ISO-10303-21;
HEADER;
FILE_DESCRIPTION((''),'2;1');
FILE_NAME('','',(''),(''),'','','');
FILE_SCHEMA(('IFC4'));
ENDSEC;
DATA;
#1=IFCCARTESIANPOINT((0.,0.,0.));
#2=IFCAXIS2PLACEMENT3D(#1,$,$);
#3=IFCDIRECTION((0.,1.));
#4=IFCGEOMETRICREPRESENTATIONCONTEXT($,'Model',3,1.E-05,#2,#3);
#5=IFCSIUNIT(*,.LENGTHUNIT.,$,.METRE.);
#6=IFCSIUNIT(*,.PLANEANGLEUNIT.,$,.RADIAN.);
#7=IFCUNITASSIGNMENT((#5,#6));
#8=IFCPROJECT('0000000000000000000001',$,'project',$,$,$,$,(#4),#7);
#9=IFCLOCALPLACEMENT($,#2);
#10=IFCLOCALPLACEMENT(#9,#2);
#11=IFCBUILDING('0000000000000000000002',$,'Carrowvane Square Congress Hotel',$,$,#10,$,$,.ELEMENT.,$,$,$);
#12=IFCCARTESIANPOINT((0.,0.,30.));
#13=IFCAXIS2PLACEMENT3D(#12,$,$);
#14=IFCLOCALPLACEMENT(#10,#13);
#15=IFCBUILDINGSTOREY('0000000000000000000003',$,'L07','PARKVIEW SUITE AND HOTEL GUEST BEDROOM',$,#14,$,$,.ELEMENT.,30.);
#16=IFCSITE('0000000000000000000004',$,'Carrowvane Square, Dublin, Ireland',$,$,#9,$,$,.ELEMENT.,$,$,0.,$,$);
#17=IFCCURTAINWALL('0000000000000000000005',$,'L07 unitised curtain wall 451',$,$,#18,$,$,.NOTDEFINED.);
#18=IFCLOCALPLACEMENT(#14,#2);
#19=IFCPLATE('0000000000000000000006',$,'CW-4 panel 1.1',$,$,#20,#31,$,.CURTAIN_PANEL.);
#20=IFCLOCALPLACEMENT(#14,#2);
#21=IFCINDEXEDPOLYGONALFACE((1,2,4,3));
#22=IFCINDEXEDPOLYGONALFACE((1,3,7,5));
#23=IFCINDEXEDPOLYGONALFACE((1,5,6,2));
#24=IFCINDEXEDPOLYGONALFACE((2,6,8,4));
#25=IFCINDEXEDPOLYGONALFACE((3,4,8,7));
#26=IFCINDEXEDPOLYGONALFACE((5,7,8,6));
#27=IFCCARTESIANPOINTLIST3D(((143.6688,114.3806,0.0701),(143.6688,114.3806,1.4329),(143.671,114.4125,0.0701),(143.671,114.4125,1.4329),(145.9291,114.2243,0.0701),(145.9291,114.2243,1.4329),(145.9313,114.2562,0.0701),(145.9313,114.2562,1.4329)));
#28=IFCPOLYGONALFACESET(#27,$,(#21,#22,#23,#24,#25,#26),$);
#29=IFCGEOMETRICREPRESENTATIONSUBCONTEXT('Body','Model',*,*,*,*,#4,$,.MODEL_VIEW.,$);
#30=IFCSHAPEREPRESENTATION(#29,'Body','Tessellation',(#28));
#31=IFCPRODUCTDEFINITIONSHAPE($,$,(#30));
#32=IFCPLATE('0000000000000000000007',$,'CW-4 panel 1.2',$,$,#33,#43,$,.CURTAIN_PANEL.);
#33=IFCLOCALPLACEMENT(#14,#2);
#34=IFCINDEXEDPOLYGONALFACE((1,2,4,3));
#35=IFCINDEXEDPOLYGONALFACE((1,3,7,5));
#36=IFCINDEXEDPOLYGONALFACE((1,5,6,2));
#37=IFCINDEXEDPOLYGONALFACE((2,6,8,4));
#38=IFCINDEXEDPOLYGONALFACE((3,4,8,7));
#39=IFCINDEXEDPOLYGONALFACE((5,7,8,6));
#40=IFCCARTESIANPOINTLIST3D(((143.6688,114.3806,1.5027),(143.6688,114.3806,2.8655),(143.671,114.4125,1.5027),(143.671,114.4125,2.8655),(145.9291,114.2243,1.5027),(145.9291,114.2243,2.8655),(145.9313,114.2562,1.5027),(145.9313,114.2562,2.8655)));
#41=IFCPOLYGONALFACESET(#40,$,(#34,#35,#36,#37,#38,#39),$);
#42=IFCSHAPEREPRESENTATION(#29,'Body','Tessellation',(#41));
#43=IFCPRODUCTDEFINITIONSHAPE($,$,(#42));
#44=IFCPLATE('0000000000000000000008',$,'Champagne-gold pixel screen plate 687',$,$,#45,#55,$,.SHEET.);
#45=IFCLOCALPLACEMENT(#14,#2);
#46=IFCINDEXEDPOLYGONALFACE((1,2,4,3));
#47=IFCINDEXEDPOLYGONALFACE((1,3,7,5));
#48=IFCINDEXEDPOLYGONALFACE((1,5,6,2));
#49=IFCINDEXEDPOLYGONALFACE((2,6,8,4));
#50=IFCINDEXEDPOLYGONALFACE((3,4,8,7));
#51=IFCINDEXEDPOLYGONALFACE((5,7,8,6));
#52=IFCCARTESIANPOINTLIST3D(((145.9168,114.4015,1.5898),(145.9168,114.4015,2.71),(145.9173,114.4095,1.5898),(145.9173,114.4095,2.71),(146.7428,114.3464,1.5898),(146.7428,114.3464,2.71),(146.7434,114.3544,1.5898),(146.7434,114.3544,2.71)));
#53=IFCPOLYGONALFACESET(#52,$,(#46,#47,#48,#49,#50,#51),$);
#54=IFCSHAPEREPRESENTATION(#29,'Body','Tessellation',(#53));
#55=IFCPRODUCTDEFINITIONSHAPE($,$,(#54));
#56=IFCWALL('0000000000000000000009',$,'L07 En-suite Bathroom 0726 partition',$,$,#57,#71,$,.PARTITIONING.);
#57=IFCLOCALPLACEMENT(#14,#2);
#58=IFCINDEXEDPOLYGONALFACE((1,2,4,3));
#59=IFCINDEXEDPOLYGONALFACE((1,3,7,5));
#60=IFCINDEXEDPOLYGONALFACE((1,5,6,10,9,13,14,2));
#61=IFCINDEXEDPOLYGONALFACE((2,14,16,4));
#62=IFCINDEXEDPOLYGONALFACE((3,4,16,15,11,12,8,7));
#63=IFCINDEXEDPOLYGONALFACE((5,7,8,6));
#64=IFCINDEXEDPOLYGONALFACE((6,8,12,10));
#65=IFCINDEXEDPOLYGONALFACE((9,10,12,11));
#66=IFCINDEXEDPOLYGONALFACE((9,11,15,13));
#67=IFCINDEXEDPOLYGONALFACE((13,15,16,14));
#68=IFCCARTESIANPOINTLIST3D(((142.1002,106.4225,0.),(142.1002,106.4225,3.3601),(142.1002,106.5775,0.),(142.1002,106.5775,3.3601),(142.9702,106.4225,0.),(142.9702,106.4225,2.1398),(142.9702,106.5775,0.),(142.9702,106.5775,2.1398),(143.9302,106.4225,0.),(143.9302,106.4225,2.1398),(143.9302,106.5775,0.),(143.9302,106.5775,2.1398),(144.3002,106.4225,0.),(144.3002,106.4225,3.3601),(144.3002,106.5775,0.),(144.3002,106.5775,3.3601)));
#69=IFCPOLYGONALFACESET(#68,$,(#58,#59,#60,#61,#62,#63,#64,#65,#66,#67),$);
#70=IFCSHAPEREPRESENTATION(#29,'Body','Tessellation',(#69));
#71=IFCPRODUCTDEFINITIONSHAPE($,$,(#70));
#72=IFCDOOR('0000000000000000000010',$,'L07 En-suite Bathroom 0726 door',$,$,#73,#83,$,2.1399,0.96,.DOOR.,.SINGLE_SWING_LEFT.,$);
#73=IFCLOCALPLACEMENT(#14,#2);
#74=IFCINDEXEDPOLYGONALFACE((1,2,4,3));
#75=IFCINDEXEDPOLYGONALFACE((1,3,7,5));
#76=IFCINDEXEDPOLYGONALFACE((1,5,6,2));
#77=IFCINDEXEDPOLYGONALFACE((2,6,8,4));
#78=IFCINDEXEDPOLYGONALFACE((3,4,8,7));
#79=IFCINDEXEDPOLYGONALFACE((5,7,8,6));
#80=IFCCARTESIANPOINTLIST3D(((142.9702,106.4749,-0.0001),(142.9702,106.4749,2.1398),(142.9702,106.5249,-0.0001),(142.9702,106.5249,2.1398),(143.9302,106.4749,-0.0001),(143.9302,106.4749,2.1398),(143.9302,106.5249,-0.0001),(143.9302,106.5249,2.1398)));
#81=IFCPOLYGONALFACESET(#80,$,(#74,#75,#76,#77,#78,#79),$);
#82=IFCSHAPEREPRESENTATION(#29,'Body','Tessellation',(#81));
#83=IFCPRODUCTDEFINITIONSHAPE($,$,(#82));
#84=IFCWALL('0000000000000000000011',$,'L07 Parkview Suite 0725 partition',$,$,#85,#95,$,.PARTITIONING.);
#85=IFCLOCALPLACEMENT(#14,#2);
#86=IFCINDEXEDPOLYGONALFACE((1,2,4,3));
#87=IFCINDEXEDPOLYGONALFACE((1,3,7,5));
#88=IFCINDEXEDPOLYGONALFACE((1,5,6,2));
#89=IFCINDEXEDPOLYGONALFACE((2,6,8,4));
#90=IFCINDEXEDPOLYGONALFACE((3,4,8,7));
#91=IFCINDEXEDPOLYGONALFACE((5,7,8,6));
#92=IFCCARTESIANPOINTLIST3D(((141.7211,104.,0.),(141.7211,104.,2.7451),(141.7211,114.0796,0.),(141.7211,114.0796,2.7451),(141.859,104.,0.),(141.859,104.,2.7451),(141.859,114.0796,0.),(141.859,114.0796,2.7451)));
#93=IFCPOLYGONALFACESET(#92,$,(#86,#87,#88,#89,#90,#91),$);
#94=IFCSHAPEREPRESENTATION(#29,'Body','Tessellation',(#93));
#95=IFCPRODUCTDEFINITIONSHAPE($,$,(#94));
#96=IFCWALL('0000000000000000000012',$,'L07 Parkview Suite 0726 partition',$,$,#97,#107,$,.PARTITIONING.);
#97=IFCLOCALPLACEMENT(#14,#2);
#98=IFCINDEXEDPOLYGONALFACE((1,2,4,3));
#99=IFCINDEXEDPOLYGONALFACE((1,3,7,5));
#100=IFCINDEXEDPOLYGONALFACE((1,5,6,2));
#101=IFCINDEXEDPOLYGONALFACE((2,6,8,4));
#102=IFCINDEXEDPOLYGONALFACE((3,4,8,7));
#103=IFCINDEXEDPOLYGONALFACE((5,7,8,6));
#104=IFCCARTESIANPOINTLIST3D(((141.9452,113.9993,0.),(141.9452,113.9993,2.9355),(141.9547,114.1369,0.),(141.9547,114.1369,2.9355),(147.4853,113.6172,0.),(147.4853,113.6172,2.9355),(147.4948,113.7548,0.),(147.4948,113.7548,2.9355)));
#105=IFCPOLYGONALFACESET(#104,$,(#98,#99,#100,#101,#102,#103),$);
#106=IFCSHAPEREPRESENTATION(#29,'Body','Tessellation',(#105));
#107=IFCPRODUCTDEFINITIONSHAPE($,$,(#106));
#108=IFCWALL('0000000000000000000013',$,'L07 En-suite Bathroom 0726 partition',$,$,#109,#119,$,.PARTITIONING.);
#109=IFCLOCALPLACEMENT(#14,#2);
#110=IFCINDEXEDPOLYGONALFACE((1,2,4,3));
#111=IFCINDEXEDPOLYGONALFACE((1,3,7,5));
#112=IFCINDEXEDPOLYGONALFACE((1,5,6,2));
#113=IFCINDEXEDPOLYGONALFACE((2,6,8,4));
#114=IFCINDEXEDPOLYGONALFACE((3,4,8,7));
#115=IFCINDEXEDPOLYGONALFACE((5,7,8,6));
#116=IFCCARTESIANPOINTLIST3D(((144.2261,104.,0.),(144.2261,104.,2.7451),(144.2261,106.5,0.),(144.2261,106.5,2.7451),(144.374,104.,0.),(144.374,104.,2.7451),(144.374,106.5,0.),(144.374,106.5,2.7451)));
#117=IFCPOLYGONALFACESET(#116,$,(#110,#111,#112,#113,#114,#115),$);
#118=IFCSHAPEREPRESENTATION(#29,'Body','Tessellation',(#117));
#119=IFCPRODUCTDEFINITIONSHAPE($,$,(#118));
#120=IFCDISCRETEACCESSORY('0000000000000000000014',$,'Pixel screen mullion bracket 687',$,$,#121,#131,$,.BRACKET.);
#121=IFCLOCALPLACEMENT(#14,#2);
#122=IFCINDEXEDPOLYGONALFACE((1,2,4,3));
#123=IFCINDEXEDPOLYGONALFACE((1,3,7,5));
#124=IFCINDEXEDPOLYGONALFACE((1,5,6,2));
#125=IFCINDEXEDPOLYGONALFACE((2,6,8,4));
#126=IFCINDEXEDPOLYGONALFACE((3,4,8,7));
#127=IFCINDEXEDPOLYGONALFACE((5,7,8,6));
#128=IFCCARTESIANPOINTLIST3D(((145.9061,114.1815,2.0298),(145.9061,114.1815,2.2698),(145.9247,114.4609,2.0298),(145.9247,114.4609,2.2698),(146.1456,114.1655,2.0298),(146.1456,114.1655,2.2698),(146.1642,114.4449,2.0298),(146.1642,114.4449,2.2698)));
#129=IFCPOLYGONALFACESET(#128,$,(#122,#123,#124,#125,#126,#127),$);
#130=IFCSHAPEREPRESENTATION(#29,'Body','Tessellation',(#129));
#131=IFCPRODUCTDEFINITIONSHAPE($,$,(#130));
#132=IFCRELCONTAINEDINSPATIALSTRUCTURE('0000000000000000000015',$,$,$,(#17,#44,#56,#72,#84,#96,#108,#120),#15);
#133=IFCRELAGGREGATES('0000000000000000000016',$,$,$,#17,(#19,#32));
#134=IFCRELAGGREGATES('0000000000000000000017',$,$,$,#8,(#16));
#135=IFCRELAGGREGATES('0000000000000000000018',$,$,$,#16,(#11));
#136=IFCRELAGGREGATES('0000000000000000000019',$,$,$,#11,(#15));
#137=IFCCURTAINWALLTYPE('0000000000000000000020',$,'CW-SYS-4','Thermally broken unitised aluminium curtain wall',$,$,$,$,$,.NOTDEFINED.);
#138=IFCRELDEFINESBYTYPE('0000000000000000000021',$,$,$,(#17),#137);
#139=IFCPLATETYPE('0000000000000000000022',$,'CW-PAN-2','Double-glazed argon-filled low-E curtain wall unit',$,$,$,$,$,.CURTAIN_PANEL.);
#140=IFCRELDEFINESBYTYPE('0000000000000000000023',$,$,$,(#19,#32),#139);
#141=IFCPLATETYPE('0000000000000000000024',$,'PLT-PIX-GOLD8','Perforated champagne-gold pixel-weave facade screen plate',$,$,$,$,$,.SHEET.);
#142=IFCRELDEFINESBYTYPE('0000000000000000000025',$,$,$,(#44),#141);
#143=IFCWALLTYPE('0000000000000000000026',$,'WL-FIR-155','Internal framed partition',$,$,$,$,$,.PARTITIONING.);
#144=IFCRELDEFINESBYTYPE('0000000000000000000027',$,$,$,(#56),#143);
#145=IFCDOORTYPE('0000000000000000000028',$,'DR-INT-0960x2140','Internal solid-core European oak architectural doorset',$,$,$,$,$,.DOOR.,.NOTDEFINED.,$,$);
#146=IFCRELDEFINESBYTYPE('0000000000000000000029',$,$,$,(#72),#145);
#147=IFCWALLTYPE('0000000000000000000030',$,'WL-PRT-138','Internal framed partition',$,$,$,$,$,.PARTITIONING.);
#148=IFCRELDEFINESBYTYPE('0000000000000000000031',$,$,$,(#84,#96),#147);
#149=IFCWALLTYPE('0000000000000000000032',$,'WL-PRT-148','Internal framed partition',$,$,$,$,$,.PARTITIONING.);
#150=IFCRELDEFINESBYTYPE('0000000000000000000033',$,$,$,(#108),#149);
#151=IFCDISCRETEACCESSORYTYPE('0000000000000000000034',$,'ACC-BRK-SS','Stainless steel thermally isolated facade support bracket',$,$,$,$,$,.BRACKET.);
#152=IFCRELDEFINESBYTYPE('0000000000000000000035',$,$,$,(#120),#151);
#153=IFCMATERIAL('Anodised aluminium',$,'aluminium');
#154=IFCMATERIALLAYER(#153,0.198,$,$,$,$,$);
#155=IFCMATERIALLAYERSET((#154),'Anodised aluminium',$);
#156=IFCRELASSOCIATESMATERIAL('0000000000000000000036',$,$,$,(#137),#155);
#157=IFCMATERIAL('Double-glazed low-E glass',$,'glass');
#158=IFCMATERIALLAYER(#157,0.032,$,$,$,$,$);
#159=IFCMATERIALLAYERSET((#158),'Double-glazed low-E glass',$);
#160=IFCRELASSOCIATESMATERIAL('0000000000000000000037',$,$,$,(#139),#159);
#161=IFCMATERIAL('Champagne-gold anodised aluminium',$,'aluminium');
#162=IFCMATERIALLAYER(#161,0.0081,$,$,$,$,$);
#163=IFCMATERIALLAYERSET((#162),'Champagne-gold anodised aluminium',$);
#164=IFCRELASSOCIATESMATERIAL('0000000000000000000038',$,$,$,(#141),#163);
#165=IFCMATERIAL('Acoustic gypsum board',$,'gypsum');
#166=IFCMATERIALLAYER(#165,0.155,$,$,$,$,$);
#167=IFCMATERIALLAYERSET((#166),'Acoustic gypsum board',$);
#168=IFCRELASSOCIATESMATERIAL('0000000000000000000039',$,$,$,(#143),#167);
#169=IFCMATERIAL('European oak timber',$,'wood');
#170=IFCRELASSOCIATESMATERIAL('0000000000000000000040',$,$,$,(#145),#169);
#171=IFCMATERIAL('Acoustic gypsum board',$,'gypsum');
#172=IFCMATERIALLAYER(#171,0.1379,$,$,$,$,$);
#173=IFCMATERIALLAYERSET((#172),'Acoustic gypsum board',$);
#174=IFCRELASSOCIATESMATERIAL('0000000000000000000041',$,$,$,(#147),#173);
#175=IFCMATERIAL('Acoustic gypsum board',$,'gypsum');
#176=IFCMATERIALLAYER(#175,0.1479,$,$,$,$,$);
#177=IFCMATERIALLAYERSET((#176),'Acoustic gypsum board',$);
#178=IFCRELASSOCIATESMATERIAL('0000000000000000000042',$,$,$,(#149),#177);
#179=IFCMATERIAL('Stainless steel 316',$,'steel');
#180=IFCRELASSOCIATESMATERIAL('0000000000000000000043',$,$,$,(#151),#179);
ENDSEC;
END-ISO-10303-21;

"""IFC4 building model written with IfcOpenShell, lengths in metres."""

from ifc_helpers import new_model, si_unit, direction, frame, frame_2d, origin, origin_2d, place, context, subcontext, project, spatial, rectangle, extrude, material, layer, layer_set, type_object, element, fill, aggregate, save


model = new_model("IFC4")

# Units and contexts
model_context = context("Model", 3, precision=1e-05, world=origin(), true_north=direction((0.0, 1.0)))
body_context = subcontext(model_context, "Body", "Model", "MODEL_VIEW")
ifc_project = project(units=[si_unit("LENGTHUNIT", "METRE"), si_unit("PLANEANGLEUNIT", "RADIAN")], contexts=[model_context])

# Site, building, storey
site_placement = place(None, origin())
site = spatial("IfcSite", under=ifc_project, at=site_placement, Name="Carrowvane Square, Dublin, Ireland", CompositionType="ELEMENT", RefElevation=0.0)
building_placement = place(site_placement, origin())
building = spatial("IfcBuilding", under=site, at=building_placement, Name="Carrowvane Square Congress Hotel", CompositionType="ELEMENT")
storey_placement = place(building_placement, frame((0.0, 0.0, 30.0)))
storey = spatial("IfcBuildingStorey", under=building, at=storey_placement, Name="L07", Description="PARKVIEW SUITE AND HOTEL GUEST BEDROOM", CompositionType="ELEMENT", Elevation=30.0)

# Curtain wall
ifc_material_1 = material(Name="Anodised aluminium", Category="aluminium")
ifc_layer_1 = layer(ifc_material_1, 0.198)
ifc_layer_set_1 = layer_set([ifc_layer_1], Name="Anodised aluminium")
curtain_wall_type_1 = type_object("IfcCurtainWallType", Name="CW-SYS-4", Description="Thermally broken unitised aluminium curtain wall", PredefinedType="NOTDEFINED", material=ifc_layer_set_1)
curtain_wall_1_placement = place(storey_placement, origin())
curtain_wall_1 = element("IfcCurtainWall", 1, at=curtain_wall_1_placement, inside=storey, type_object=curtain_wall_type_1, Name="L07 unitised curtain wall 451", PredefinedType="NOTDEFINED")

# Plates
ifc_material_2 = material(Name="Double-glazed low-E glass", Category="glass")
ifc_layer_2 = layer(ifc_material_2, 0.032)
ifc_layer_set_2 = layer_set([ifc_layer_2], Name="Double-glazed low-E glass")
plate_type_1 = type_object("IfcPlateType", Name="CW-PAN-2", Description="Double-glazed argon-filled low-E curtain wall unit", PredefinedType="CURTAIN_PANEL", material=ifc_layer_set_2)
plate_1_placement = place(storey_placement, frame((144.8, 114.3184, 0.0701), z_axis=(0.0, 0.0, 1.0), x_axis=(0.997618, -0.068986, 0.0)))
plate_1 = element("IfcPlate", 2, at=plate_1_placement, type_object=plate_type_1, Name="CW-4 panel 1.1", PredefinedType="CURTAIN_PANEL", context=body_context, shape_type="SweptSolid", body=[
    extrude(rectangle(XDim=2.2656, YDim=0.032, at=origin_2d()), origin(), (0.0, 0.0, 1.0), 1.3628),
])
plate_2_placement = place(storey_placement, frame((144.8, 114.3184, 1.5027), z_axis=(0.0, 0.0, 1.0), x_axis=(0.997618, -0.068986, 0.0)))
plate_2 = element("IfcPlate", 3, at=plate_2_placement, type_object=plate_type_1, Name="CW-4 panel 1.2", PredefinedType="CURTAIN_PANEL", context=body_context, shape_type="SweptSolid", body=[
    extrude(rectangle(XDim=2.2656, YDim=0.032, at=origin_2d()), origin(), (0.0, 0.0, 1.0), 1.3628),
])
aggregate(curtain_wall_1, [plate_1, plate_2])
ifc_material_3 = material(Name="Champagne-gold anodised aluminium", Category="aluminium")
ifc_layer_3 = layer(ifc_material_3, 0.0081)
ifc_layer_set_3 = layer_set([ifc_layer_3], Name="Champagne-gold anodised aluminium")
plate_type_2 = type_object("IfcPlateType", Name="PLT-PIX-GOLD8", Description="Perforated champagne-gold pixel-weave facade screen plate", PredefinedType="SHEET", material=ifc_layer_set_3)
plate_3_placement = place(storey_placement, frame((146.3301, 114.3779, 1.5898), z_axis=(0.0, 0.0, 1.0), x_axis=(0.997781, -0.066574, 0.0)))
element("IfcPlate", 4, at=plate_3_placement, inside=storey, type_object=plate_type_2, Name="Champagne-gold pixel screen plate 687", PredefinedType="SHEET", context=body_context, shape_type="SweptSolid", body=[
    extrude(rectangle(XDim=0.8279, YDim=0.0081, at=origin_2d()), origin(), (0.0, 0.0, 1.0), 1.1201),
])

# Wall, opening, door
ifc_material_4 = material(Name="Acoustic gypsum board", Category="gypsum")
ifc_layer_4 = layer(ifc_material_4, 0.155)
ifc_layer_set_4 = layer_set([ifc_layer_4], Name="Acoustic gypsum board")
wall_type_1 = type_object("IfcWallType", Name="WL-FIR-155", Description="Internal framed partition", PredefinedType="PARTITIONING", material=ifc_layer_set_4)
wall_1_placement = place(storey_placement, frame((142.1001, 106.5, 0.0), z_axis=(0.0, 0.0, 1.0), x_axis=(1.0, 0.0, 0.0)))
wall_1 = element("IfcWall", 5, at=wall_1_placement, inside=storey, type_object=wall_type_1, Name="L07 En-suite Bathroom 0726 partition", PredefinedType="PARTITIONING", context=body_context, shape_type="SweptSolid", body=[
    extrude(rectangle(XDim=2.2, YDim=0.155, at=frame_2d((1.1001, 0.0))), origin(), (0.0, 0.0, 1.0), 3.3601),
])
opening_placement = place(wall_1_placement, frame((0.8701, 0.0, 0.0)))
opening = element("IfcOpeningElement", 6, at=opening_placement, cuts=wall_1, PredefinedType="OPENING", context=body_context, shape_type="SweptSolid", body=[
    extrude(rectangle(XDim=0.96, YDim=2.1399, at=frame_2d((0.48, 1.0698))), frame((0.0, 0.0874, 0.0), z_axis=(0.0, -1.0, 0.0), x_axis=(1.0, 0.0, 0.0)), (0.0, 0.0, 1.0), 0.175),
])
ifc_material_5 = material(Name="European oak timber", Category="wood")
door_type = type_object("IfcDoorType", Name="DR-INT-0960x2140", Description="Internal solid-core European oak architectural doorset", OperationType="NOTDEFINED", PredefinedType="DOOR", material=ifc_material_5)
door_placement = place(opening_placement, origin())
door = element("IfcDoor", 7, at=door_placement, inside=storey, type_object=door_type, Name="L07 En-suite Bathroom 0726 door", OperationType="SINGLE_SWING_LEFT", OverallHeight=2.1399, OverallWidth=0.96, PredefinedType="DOOR", context=body_context, shape_type="SweptSolid", body=[
    extrude(rectangle(XDim=0.96, YDim=2.1399, at=frame_2d((0.48, 1.0698))), frame((0.0, 0.0249, 0.0), z_axis=(0.0, -1.0, 0.0), x_axis=(1.0, 0.0, 0.0)), (0.0, 0.0, 1.0), 0.05),
])
fill(opening, door)

# Walls
ifc_material_6 = material(Name="Acoustic gypsum board", Category="gypsum")
ifc_layer_5 = layer(ifc_material_6, 0.1379)
ifc_layer_set_5 = layer_set([ifc_layer_5], Name="Acoustic gypsum board")
wall_type_2 = type_object("IfcWallType", Name="WL-PRT-138", Description="Internal framed partition", PredefinedType="PARTITIONING", material=ifc_layer_set_5)
wall_2_placement = place(storey_placement, frame((141.79, 114.0796, 0.0), z_axis=(0.0, 0.0, 1.0), x_axis=(0.0, -1.0, 0.0)))
element("IfcWall", 8, at=wall_2_placement, inside=storey, type_object=wall_type_2, Name="L07 Parkview Suite 0725 partition", PredefinedType="PARTITIONING", context=body_context, shape_type="SweptSolid", body=[
    extrude(rectangle(XDim=10.0796, YDim=0.1379, at=frame_2d((5.0398, 0.0))), origin(), (0.0, 0.0, 1.0), 2.7451),
])
wall_3_placement = place(storey_placement, frame((141.95, 114.0681, 0.0), z_axis=(0.0, 0.0, 1.0), x_axis=(0.99763, -0.068804, 0.0)))
element("IfcWall", 9, at=wall_3_placement, inside=storey, type_object=wall_type_2, Name="L07 Parkview Suite 0726 partition", PredefinedType="PARTITIONING", context=body_context, shape_type="SweptSolid", body=[
    extrude(rectangle(XDim=5.5532, YDim=0.1379, at=frame_2d((2.7766, 0.0))), origin(), (0.0, 0.0, 1.0), 2.9355),
])
ifc_material_7 = material(Name="Acoustic gypsum board", Category="gypsum")
ifc_layer_6 = layer(ifc_material_7, 0.1479)
ifc_layer_set_6 = layer_set([ifc_layer_6], Name="Acoustic gypsum board")
wall_type_3 = type_object("IfcWallType", Name="WL-PRT-148", Description="Internal framed partition", PredefinedType="PARTITIONING", material=ifc_layer_set_6)
wall_4_placement = place(storey_placement, frame((144.3, 106.5, 0.0), z_axis=(0.0, 0.0, 1.0), x_axis=(0.0, -1.0, 0.0)))
element("IfcWall", 10, at=wall_4_placement, inside=storey, type_object=wall_type_3, Name="L07 En-suite Bathroom 0726 partition", PredefinedType="PARTITIONING", context=body_context, shape_type="SweptSolid", body=[
    extrude(rectangle(XDim=2.5, YDim=0.1479, at=frame_2d((1.25, 0.0))), origin(), (0.0, 0.0, 1.0), 2.7451),
])

# Discrete accessory
ifc_material_8 = material(Name="Stainless steel 316", Category="steel")
discrete_accessory_type = type_object("IfcDiscreteAccessoryType", Name="ACC-BRK-SS", Description="Stainless steel thermally isolated facade support bracket", PredefinedType="BRACKET", material=ifc_material_8)
discrete_accessory_placement = place(storey_placement, frame((146.0352, 114.3132, 2.0298), z_axis=(0.0, 0.0, 1.0), x_axis=(0.997781, -0.066574, 0.0)))
element("IfcDiscreteAccessory", 11, at=discrete_accessory_placement, inside=storey, type_object=discrete_accessory_type, Name="Pixel screen mullion bracket 687", PredefinedType="BRACKET", context=body_context, shape_type="SweptSolid", body=[
    extrude(rectangle(XDim=0.24, YDim=0.28, at=origin_2d()), origin(), (0.0, 0.0, 1.0), 0.24),
])

save(model, "model.ifc")
